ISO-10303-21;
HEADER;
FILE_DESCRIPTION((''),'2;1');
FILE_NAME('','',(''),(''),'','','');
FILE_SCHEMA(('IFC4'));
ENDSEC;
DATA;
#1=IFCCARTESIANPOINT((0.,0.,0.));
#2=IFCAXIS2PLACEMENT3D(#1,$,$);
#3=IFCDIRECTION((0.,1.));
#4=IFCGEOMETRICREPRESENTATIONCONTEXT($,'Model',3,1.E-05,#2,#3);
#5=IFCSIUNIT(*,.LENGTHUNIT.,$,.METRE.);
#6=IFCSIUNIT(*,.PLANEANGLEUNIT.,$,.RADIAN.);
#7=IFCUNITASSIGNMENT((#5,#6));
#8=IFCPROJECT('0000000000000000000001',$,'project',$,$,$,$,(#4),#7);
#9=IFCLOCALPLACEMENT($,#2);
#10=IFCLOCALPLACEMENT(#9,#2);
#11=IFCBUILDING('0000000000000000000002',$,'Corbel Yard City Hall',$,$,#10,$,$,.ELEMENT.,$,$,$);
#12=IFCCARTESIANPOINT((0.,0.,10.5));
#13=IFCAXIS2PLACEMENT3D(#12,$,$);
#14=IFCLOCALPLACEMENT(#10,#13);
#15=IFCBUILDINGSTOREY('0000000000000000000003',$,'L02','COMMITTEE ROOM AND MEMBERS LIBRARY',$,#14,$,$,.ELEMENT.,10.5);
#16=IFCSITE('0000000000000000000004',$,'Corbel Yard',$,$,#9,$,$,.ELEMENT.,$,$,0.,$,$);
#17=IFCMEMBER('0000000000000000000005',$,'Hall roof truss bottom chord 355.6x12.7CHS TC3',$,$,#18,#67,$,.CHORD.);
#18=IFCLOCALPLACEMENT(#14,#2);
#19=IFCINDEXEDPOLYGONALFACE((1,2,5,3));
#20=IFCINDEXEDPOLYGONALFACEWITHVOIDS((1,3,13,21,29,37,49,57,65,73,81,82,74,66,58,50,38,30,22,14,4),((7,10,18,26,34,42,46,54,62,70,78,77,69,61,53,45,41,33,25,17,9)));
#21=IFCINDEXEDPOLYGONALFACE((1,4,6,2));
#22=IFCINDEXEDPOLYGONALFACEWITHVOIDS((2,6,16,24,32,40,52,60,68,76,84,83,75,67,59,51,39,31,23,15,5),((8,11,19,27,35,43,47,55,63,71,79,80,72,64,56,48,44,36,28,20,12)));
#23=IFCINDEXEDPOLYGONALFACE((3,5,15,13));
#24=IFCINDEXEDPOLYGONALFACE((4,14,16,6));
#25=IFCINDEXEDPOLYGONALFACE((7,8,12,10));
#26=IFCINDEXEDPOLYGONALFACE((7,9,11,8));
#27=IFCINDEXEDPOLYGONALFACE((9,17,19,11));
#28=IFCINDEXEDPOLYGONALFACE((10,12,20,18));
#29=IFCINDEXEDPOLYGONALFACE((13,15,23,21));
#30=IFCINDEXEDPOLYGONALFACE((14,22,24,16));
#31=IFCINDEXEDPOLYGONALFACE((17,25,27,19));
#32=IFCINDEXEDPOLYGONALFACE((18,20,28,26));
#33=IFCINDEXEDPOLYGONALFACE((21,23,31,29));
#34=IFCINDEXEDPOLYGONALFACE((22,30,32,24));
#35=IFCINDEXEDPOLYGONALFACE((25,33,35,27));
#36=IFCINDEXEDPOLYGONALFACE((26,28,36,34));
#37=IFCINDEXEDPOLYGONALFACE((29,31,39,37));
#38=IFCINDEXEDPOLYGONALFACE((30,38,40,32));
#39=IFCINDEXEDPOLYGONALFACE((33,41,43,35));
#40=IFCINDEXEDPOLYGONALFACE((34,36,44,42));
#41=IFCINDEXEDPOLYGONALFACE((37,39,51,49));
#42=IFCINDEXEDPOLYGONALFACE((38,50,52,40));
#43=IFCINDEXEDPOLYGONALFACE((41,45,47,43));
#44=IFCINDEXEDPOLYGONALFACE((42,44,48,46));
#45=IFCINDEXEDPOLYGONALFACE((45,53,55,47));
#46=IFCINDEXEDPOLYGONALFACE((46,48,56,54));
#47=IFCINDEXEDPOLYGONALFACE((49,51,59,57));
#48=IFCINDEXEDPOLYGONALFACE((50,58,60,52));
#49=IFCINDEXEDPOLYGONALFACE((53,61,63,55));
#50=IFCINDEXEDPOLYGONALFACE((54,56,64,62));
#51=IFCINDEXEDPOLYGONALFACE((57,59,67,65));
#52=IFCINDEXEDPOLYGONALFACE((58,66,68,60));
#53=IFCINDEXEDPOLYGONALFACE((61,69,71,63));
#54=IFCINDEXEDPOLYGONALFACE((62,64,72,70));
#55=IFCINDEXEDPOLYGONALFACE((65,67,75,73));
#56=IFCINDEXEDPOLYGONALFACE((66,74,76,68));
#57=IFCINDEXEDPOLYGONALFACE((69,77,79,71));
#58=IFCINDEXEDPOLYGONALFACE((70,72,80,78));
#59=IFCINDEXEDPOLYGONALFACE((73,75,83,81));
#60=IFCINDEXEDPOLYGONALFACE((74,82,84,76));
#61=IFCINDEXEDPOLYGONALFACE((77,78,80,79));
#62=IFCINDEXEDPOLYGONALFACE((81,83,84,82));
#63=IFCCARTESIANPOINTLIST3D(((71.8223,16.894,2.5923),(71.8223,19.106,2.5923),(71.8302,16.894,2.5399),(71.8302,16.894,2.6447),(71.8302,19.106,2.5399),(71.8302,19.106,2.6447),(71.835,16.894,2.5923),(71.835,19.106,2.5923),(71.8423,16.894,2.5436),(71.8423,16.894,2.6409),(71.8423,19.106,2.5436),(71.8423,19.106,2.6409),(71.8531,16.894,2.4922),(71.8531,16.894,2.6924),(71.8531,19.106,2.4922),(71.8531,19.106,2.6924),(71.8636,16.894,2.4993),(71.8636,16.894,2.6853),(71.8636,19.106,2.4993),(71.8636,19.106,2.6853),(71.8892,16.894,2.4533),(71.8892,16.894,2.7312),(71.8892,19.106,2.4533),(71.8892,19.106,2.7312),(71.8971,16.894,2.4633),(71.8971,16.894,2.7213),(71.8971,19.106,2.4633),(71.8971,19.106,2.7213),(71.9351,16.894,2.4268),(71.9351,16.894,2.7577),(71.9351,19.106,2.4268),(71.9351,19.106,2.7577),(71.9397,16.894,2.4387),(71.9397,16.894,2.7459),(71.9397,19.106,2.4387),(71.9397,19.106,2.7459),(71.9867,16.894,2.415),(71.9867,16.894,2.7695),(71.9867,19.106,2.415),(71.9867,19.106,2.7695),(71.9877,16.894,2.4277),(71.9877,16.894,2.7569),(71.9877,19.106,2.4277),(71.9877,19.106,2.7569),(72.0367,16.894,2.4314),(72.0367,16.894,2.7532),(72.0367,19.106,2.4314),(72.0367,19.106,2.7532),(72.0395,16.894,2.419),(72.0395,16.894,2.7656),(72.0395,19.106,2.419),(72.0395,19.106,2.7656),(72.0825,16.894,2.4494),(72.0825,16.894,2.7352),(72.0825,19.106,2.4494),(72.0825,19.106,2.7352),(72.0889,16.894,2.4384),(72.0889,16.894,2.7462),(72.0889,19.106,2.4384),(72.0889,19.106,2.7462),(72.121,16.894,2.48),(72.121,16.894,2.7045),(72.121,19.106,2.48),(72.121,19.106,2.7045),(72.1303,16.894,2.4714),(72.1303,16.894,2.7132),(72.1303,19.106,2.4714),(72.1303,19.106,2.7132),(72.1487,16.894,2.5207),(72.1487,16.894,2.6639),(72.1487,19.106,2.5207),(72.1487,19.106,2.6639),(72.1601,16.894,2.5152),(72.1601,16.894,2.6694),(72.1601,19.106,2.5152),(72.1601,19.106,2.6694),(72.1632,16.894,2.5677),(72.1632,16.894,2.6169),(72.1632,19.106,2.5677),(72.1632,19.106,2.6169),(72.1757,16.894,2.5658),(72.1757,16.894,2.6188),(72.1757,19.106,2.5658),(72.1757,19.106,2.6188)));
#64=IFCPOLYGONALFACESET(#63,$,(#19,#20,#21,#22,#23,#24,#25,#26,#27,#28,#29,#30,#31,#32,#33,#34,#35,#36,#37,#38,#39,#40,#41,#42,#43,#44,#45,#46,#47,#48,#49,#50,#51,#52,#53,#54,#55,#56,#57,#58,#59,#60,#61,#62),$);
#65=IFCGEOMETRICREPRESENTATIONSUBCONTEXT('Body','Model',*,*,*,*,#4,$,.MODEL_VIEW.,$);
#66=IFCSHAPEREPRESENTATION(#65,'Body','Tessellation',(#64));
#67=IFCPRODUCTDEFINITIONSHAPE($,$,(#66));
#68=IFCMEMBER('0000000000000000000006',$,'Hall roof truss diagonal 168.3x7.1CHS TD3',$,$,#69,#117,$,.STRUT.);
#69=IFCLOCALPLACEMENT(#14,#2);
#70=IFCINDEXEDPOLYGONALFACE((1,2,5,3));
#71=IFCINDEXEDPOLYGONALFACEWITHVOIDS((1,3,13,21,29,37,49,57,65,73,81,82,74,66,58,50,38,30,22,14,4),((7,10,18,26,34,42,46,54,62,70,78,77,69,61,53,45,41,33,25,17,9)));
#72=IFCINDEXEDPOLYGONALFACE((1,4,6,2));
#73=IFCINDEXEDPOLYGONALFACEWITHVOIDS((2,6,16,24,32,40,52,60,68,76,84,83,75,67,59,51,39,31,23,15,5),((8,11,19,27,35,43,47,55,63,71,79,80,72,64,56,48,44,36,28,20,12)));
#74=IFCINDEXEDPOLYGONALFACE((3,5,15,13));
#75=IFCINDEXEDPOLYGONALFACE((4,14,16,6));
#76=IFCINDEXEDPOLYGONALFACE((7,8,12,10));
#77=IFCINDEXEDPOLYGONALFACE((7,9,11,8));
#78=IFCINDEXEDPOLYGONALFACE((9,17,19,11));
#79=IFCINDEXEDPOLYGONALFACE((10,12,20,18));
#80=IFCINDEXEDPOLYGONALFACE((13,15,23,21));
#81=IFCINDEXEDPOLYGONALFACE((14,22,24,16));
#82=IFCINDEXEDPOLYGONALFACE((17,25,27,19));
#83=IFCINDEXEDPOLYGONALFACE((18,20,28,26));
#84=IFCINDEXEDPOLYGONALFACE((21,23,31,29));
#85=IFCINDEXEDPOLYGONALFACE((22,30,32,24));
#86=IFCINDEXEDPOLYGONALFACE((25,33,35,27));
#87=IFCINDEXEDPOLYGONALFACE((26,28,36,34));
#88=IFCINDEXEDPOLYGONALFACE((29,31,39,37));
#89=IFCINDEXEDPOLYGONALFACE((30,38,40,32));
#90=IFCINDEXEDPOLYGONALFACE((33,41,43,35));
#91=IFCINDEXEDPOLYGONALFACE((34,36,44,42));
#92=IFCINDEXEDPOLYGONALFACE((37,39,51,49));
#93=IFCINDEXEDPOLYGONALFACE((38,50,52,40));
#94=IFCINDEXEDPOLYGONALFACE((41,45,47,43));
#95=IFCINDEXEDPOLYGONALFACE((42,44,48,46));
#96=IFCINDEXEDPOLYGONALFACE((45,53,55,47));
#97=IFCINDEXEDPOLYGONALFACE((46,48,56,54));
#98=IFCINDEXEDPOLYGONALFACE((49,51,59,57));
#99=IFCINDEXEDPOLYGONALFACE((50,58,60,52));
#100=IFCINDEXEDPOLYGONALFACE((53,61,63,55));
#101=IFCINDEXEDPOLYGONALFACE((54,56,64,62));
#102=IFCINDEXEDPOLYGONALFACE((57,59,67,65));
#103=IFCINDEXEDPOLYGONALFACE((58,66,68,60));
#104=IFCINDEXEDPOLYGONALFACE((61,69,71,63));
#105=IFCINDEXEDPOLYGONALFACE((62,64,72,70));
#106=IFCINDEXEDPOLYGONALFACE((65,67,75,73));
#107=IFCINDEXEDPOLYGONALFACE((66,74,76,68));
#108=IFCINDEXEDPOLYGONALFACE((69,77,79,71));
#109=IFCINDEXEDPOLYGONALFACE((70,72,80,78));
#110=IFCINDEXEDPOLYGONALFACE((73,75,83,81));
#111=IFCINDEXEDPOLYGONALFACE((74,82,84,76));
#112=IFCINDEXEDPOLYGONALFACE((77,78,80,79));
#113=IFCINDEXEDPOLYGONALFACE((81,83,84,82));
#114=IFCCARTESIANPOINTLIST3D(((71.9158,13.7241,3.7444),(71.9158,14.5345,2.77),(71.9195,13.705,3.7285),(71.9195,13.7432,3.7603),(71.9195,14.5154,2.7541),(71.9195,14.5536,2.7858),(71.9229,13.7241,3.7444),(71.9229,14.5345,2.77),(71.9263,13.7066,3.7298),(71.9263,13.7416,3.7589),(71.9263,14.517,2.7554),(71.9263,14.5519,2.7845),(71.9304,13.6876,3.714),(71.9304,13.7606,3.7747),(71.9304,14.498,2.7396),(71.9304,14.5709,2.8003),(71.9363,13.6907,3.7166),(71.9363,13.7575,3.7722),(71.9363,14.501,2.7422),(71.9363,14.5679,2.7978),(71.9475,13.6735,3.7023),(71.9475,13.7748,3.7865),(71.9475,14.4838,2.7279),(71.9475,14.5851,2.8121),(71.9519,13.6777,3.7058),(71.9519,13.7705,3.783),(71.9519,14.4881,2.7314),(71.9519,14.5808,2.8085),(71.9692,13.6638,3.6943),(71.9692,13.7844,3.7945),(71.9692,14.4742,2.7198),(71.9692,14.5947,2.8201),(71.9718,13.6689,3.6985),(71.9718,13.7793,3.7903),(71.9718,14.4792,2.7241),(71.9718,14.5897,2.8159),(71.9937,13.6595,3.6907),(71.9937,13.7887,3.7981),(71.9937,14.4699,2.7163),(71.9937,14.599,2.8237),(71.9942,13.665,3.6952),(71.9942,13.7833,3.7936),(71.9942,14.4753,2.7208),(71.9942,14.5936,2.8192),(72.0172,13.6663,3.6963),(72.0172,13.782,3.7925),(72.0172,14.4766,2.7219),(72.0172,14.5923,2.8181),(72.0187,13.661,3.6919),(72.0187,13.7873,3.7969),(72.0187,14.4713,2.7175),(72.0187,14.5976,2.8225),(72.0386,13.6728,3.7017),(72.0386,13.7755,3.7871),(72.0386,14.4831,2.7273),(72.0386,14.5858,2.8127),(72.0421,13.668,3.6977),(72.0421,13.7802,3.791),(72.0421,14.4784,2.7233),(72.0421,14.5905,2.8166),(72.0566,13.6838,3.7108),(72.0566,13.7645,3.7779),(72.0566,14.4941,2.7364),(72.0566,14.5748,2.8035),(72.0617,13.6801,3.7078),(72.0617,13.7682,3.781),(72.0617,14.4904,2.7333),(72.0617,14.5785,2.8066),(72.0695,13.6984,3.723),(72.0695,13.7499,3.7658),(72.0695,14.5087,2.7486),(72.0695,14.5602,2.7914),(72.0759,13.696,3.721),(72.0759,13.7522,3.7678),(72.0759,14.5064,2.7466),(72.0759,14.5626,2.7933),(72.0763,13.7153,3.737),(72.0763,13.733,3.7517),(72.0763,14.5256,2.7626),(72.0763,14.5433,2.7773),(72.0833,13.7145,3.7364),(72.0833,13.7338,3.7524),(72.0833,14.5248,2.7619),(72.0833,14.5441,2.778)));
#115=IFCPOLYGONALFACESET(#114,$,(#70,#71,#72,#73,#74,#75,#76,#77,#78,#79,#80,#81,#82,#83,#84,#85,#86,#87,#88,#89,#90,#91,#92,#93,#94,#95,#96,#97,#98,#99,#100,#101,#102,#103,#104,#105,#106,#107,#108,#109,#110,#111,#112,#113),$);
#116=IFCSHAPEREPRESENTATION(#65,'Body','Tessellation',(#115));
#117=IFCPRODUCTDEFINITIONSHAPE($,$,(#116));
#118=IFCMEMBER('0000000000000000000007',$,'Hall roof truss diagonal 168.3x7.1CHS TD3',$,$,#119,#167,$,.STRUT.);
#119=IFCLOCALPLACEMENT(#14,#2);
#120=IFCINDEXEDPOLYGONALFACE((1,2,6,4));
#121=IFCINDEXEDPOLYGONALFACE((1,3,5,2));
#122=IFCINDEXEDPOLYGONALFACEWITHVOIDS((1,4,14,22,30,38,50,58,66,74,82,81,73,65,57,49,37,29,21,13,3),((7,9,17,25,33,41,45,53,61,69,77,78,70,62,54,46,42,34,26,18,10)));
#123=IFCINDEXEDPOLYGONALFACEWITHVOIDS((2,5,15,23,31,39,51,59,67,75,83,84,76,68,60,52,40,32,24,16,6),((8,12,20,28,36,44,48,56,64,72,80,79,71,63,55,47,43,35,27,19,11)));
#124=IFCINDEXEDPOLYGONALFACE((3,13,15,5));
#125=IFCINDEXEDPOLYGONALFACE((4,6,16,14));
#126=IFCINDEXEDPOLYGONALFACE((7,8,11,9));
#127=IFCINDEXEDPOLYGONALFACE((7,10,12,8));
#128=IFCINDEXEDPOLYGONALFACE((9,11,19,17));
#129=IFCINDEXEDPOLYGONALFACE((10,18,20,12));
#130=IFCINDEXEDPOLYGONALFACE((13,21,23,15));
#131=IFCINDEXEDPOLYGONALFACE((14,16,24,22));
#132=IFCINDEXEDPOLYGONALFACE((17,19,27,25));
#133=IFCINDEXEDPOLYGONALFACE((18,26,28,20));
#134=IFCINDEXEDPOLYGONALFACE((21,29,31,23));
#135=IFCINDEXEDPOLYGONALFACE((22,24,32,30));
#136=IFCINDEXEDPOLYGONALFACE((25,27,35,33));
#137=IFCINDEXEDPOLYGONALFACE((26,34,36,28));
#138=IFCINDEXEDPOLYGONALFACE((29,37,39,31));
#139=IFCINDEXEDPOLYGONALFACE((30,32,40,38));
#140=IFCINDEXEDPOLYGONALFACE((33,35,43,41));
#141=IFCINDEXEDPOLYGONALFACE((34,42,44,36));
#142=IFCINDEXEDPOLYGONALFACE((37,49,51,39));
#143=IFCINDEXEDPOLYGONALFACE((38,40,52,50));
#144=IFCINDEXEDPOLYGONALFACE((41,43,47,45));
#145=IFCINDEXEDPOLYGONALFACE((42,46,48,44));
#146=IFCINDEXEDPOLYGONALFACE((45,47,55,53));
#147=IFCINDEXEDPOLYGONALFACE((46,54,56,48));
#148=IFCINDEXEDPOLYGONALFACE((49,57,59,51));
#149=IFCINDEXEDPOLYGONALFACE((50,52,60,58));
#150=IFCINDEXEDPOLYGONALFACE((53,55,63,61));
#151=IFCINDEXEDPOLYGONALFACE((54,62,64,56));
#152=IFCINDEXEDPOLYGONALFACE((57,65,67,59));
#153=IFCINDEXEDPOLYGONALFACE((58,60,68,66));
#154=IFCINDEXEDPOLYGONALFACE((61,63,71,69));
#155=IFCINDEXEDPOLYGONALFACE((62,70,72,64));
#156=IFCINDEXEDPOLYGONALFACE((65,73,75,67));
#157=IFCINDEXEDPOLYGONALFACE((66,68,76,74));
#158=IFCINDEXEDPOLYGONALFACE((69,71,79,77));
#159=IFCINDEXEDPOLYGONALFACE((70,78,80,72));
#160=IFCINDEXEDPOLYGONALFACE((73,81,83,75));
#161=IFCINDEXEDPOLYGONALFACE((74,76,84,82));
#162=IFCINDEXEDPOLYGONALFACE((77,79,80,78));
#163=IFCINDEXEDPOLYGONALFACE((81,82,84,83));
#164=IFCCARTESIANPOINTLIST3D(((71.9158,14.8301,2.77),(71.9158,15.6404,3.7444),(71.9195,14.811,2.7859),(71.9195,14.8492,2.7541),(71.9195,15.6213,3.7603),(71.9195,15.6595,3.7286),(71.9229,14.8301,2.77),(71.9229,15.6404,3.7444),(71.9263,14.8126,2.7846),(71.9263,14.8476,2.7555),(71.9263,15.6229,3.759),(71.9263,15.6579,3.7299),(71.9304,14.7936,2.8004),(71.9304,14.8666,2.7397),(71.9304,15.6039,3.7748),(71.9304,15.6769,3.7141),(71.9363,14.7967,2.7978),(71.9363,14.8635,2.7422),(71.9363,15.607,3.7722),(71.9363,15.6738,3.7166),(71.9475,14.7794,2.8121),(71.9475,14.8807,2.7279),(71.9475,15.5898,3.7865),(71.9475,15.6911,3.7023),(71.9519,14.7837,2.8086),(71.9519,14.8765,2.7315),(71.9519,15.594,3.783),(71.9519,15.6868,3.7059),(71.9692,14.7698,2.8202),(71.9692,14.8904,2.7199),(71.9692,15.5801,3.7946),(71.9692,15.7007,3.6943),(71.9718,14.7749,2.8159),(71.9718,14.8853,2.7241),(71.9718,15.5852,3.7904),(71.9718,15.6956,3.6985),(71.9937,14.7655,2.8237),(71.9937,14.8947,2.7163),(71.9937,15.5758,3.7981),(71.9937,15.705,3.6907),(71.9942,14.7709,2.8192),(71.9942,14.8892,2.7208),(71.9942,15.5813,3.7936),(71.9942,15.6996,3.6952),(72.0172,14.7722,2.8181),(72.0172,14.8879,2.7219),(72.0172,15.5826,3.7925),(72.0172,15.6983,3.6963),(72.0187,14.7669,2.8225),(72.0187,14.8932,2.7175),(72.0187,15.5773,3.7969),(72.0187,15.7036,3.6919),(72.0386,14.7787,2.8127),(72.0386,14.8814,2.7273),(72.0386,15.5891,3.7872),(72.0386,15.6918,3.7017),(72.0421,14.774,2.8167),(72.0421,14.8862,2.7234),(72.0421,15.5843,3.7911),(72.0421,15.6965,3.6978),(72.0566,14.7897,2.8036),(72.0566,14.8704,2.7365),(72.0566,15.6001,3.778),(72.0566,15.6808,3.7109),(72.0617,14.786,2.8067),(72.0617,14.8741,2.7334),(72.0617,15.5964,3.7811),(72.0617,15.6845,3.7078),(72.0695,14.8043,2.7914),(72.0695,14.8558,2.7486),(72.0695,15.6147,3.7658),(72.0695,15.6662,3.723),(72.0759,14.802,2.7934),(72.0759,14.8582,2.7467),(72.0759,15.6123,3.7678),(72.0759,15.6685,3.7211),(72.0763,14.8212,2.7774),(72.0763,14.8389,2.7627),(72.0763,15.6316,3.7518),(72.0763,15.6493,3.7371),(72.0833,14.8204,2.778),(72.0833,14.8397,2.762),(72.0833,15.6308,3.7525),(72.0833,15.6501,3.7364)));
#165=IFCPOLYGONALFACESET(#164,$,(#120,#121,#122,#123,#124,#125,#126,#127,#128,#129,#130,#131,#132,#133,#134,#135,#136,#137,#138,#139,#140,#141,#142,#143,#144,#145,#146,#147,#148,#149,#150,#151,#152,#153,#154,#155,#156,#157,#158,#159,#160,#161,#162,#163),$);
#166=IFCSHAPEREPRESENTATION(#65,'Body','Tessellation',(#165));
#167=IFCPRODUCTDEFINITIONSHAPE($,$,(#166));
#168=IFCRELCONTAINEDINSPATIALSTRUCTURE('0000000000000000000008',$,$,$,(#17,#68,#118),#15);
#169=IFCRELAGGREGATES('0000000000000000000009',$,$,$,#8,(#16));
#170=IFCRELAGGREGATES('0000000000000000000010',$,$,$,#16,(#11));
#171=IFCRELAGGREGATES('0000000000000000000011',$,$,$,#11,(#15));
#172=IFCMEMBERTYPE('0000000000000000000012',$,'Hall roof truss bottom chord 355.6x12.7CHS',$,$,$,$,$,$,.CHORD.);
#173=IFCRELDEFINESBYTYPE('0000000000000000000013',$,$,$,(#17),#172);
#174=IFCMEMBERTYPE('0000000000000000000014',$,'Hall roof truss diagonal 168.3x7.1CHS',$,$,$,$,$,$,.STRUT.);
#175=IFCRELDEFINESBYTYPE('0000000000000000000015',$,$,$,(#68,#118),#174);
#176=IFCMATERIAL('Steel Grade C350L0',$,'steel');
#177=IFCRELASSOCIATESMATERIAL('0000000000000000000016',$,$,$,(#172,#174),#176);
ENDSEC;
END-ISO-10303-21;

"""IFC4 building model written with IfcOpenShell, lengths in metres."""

from ifc_helpers import new_model, si_unit, direction, frame, origin, origin_2d, place, context, subcontext, project, spatial, hollow_circle, extrude, material, material_profile, profile_set, type_object, element, save


model = new_model("IFC4")

# Units and contexts
model_context = context("Model", 3, precision=1e-05, world=origin(), true_north=direction((0.0, 1.0)))
body_context = subcontext(model_context, "Body", "Model", "MODEL_VIEW")
ifc_project = project(units=[si_unit("LENGTHUNIT", "METRE"), si_unit("PLANEANGLEUNIT", "RADIAN")], contexts=[model_context])

# Site, building, storey
site_placement = place(None, origin())
site = spatial("IfcSite", under=ifc_project, at=site_placement, Name="Corbel Yard", CompositionType="ELEMENT", RefElevation=0.0)
building_placement = place(site_placement, origin())
building = spatial("IfcBuilding", under=site, at=building_placement, Name="Corbel Yard City Hall", CompositionType="ELEMENT")
storey_placement = place(building_placement, frame((0.0, 0.0, 10.5)))
storey = spatial("IfcBuildingStorey", under=building, at=storey_placement, Name="L02", Description="COMMITTEE ROOM AND MEMBERS LIBRARY", CompositionType="ELEMENT", Elevation=10.5)

# Members
ifc_material_1 = material(Name="Steel Grade C350L0", Category="steel")
ifc_material_profile_1 = material_profile(ifc_material_1, hollow_circle(Radius=0.1777, WallThickness=0.0127, at=origin_2d()), Name="355.6x12.7CHS")
ifc_profile_set_1 = profile_set([ifc_material_profile_1], Name="Steel Grade C350L0")
member_type_1 = type_object("IfcMemberType", Name="Hall roof truss bottom chord 355.6x12.7CHS", PredefinedType="CHORD", material=ifc_profile_set_1)
for number, where, z_axis, x_axis, name in (
    (1, (72.0, 16.894, 2.5923), (0.0, 1.0, 0.0), (-1.0, 0.0, 0.0), "Hall roof truss bottom chord 355.6x12.7CHS TC3"),
):
    element("IfcMember", number, at=place(storey_placement, frame(where, z_axis=z_axis, x_axis=x_axis)), inside=storey, type_object=member_type_1, Name=name, PredefinedType="CHORD", context=body_context, shape_type="SweptSolid", body=[
        extrude(hollow_circle(Radius=0.1777, WallThickness=0.0127, at=origin_2d()), origin(), (0.0, 0.0, 1.0), 2.2119),
    ])
ifc_material_profile_2 = material_profile(ifc_material_1, hollow_circle(Radius=0.0842, WallThickness=0.0071, at=origin_2d()), Name="168.3x7.1CHS")
ifc_profile_set_2 = profile_set([ifc_material_profile_2], Name="Steel Grade C350L0")
member_type_2 = type_object("IfcMemberType", Name="Hall roof truss diagonal 168.3x7.1CHS", PredefinedType="STRUT", material=ifc_profile_set_2)
for number, where, z_axis, x_axis, name in (
    (2, (72.0, 13.7241, 3.7444), (0.0, 0.639407, -0.768868), (-1.0, 0.0, 0.0), "Hall roof truss diagonal 168.3x7.1CHS TD3"),
    (3, (72.0, 14.8301, 2.77), (0.0, 0.639407, 0.768868), (-1.0, 0.0, 0.0), "Hall roof truss diagonal 168.3x7.1CHS TD3"),
):
    element("IfcMember", number, at=place(storey_placement, frame(where, z_axis=z_axis, x_axis=x_axis)), inside=storey, type_object=member_type_2, Name=name, PredefinedType="STRUT", context=body_context, shape_type="SweptSolid", body=[
        extrude(hollow_circle(Radius=0.0842, WallThickness=0.0071, at=origin_2d()), origin(), (0.0, 0.0, 1.0), 1.2673),
    ])

save(model, "model.ifc")
